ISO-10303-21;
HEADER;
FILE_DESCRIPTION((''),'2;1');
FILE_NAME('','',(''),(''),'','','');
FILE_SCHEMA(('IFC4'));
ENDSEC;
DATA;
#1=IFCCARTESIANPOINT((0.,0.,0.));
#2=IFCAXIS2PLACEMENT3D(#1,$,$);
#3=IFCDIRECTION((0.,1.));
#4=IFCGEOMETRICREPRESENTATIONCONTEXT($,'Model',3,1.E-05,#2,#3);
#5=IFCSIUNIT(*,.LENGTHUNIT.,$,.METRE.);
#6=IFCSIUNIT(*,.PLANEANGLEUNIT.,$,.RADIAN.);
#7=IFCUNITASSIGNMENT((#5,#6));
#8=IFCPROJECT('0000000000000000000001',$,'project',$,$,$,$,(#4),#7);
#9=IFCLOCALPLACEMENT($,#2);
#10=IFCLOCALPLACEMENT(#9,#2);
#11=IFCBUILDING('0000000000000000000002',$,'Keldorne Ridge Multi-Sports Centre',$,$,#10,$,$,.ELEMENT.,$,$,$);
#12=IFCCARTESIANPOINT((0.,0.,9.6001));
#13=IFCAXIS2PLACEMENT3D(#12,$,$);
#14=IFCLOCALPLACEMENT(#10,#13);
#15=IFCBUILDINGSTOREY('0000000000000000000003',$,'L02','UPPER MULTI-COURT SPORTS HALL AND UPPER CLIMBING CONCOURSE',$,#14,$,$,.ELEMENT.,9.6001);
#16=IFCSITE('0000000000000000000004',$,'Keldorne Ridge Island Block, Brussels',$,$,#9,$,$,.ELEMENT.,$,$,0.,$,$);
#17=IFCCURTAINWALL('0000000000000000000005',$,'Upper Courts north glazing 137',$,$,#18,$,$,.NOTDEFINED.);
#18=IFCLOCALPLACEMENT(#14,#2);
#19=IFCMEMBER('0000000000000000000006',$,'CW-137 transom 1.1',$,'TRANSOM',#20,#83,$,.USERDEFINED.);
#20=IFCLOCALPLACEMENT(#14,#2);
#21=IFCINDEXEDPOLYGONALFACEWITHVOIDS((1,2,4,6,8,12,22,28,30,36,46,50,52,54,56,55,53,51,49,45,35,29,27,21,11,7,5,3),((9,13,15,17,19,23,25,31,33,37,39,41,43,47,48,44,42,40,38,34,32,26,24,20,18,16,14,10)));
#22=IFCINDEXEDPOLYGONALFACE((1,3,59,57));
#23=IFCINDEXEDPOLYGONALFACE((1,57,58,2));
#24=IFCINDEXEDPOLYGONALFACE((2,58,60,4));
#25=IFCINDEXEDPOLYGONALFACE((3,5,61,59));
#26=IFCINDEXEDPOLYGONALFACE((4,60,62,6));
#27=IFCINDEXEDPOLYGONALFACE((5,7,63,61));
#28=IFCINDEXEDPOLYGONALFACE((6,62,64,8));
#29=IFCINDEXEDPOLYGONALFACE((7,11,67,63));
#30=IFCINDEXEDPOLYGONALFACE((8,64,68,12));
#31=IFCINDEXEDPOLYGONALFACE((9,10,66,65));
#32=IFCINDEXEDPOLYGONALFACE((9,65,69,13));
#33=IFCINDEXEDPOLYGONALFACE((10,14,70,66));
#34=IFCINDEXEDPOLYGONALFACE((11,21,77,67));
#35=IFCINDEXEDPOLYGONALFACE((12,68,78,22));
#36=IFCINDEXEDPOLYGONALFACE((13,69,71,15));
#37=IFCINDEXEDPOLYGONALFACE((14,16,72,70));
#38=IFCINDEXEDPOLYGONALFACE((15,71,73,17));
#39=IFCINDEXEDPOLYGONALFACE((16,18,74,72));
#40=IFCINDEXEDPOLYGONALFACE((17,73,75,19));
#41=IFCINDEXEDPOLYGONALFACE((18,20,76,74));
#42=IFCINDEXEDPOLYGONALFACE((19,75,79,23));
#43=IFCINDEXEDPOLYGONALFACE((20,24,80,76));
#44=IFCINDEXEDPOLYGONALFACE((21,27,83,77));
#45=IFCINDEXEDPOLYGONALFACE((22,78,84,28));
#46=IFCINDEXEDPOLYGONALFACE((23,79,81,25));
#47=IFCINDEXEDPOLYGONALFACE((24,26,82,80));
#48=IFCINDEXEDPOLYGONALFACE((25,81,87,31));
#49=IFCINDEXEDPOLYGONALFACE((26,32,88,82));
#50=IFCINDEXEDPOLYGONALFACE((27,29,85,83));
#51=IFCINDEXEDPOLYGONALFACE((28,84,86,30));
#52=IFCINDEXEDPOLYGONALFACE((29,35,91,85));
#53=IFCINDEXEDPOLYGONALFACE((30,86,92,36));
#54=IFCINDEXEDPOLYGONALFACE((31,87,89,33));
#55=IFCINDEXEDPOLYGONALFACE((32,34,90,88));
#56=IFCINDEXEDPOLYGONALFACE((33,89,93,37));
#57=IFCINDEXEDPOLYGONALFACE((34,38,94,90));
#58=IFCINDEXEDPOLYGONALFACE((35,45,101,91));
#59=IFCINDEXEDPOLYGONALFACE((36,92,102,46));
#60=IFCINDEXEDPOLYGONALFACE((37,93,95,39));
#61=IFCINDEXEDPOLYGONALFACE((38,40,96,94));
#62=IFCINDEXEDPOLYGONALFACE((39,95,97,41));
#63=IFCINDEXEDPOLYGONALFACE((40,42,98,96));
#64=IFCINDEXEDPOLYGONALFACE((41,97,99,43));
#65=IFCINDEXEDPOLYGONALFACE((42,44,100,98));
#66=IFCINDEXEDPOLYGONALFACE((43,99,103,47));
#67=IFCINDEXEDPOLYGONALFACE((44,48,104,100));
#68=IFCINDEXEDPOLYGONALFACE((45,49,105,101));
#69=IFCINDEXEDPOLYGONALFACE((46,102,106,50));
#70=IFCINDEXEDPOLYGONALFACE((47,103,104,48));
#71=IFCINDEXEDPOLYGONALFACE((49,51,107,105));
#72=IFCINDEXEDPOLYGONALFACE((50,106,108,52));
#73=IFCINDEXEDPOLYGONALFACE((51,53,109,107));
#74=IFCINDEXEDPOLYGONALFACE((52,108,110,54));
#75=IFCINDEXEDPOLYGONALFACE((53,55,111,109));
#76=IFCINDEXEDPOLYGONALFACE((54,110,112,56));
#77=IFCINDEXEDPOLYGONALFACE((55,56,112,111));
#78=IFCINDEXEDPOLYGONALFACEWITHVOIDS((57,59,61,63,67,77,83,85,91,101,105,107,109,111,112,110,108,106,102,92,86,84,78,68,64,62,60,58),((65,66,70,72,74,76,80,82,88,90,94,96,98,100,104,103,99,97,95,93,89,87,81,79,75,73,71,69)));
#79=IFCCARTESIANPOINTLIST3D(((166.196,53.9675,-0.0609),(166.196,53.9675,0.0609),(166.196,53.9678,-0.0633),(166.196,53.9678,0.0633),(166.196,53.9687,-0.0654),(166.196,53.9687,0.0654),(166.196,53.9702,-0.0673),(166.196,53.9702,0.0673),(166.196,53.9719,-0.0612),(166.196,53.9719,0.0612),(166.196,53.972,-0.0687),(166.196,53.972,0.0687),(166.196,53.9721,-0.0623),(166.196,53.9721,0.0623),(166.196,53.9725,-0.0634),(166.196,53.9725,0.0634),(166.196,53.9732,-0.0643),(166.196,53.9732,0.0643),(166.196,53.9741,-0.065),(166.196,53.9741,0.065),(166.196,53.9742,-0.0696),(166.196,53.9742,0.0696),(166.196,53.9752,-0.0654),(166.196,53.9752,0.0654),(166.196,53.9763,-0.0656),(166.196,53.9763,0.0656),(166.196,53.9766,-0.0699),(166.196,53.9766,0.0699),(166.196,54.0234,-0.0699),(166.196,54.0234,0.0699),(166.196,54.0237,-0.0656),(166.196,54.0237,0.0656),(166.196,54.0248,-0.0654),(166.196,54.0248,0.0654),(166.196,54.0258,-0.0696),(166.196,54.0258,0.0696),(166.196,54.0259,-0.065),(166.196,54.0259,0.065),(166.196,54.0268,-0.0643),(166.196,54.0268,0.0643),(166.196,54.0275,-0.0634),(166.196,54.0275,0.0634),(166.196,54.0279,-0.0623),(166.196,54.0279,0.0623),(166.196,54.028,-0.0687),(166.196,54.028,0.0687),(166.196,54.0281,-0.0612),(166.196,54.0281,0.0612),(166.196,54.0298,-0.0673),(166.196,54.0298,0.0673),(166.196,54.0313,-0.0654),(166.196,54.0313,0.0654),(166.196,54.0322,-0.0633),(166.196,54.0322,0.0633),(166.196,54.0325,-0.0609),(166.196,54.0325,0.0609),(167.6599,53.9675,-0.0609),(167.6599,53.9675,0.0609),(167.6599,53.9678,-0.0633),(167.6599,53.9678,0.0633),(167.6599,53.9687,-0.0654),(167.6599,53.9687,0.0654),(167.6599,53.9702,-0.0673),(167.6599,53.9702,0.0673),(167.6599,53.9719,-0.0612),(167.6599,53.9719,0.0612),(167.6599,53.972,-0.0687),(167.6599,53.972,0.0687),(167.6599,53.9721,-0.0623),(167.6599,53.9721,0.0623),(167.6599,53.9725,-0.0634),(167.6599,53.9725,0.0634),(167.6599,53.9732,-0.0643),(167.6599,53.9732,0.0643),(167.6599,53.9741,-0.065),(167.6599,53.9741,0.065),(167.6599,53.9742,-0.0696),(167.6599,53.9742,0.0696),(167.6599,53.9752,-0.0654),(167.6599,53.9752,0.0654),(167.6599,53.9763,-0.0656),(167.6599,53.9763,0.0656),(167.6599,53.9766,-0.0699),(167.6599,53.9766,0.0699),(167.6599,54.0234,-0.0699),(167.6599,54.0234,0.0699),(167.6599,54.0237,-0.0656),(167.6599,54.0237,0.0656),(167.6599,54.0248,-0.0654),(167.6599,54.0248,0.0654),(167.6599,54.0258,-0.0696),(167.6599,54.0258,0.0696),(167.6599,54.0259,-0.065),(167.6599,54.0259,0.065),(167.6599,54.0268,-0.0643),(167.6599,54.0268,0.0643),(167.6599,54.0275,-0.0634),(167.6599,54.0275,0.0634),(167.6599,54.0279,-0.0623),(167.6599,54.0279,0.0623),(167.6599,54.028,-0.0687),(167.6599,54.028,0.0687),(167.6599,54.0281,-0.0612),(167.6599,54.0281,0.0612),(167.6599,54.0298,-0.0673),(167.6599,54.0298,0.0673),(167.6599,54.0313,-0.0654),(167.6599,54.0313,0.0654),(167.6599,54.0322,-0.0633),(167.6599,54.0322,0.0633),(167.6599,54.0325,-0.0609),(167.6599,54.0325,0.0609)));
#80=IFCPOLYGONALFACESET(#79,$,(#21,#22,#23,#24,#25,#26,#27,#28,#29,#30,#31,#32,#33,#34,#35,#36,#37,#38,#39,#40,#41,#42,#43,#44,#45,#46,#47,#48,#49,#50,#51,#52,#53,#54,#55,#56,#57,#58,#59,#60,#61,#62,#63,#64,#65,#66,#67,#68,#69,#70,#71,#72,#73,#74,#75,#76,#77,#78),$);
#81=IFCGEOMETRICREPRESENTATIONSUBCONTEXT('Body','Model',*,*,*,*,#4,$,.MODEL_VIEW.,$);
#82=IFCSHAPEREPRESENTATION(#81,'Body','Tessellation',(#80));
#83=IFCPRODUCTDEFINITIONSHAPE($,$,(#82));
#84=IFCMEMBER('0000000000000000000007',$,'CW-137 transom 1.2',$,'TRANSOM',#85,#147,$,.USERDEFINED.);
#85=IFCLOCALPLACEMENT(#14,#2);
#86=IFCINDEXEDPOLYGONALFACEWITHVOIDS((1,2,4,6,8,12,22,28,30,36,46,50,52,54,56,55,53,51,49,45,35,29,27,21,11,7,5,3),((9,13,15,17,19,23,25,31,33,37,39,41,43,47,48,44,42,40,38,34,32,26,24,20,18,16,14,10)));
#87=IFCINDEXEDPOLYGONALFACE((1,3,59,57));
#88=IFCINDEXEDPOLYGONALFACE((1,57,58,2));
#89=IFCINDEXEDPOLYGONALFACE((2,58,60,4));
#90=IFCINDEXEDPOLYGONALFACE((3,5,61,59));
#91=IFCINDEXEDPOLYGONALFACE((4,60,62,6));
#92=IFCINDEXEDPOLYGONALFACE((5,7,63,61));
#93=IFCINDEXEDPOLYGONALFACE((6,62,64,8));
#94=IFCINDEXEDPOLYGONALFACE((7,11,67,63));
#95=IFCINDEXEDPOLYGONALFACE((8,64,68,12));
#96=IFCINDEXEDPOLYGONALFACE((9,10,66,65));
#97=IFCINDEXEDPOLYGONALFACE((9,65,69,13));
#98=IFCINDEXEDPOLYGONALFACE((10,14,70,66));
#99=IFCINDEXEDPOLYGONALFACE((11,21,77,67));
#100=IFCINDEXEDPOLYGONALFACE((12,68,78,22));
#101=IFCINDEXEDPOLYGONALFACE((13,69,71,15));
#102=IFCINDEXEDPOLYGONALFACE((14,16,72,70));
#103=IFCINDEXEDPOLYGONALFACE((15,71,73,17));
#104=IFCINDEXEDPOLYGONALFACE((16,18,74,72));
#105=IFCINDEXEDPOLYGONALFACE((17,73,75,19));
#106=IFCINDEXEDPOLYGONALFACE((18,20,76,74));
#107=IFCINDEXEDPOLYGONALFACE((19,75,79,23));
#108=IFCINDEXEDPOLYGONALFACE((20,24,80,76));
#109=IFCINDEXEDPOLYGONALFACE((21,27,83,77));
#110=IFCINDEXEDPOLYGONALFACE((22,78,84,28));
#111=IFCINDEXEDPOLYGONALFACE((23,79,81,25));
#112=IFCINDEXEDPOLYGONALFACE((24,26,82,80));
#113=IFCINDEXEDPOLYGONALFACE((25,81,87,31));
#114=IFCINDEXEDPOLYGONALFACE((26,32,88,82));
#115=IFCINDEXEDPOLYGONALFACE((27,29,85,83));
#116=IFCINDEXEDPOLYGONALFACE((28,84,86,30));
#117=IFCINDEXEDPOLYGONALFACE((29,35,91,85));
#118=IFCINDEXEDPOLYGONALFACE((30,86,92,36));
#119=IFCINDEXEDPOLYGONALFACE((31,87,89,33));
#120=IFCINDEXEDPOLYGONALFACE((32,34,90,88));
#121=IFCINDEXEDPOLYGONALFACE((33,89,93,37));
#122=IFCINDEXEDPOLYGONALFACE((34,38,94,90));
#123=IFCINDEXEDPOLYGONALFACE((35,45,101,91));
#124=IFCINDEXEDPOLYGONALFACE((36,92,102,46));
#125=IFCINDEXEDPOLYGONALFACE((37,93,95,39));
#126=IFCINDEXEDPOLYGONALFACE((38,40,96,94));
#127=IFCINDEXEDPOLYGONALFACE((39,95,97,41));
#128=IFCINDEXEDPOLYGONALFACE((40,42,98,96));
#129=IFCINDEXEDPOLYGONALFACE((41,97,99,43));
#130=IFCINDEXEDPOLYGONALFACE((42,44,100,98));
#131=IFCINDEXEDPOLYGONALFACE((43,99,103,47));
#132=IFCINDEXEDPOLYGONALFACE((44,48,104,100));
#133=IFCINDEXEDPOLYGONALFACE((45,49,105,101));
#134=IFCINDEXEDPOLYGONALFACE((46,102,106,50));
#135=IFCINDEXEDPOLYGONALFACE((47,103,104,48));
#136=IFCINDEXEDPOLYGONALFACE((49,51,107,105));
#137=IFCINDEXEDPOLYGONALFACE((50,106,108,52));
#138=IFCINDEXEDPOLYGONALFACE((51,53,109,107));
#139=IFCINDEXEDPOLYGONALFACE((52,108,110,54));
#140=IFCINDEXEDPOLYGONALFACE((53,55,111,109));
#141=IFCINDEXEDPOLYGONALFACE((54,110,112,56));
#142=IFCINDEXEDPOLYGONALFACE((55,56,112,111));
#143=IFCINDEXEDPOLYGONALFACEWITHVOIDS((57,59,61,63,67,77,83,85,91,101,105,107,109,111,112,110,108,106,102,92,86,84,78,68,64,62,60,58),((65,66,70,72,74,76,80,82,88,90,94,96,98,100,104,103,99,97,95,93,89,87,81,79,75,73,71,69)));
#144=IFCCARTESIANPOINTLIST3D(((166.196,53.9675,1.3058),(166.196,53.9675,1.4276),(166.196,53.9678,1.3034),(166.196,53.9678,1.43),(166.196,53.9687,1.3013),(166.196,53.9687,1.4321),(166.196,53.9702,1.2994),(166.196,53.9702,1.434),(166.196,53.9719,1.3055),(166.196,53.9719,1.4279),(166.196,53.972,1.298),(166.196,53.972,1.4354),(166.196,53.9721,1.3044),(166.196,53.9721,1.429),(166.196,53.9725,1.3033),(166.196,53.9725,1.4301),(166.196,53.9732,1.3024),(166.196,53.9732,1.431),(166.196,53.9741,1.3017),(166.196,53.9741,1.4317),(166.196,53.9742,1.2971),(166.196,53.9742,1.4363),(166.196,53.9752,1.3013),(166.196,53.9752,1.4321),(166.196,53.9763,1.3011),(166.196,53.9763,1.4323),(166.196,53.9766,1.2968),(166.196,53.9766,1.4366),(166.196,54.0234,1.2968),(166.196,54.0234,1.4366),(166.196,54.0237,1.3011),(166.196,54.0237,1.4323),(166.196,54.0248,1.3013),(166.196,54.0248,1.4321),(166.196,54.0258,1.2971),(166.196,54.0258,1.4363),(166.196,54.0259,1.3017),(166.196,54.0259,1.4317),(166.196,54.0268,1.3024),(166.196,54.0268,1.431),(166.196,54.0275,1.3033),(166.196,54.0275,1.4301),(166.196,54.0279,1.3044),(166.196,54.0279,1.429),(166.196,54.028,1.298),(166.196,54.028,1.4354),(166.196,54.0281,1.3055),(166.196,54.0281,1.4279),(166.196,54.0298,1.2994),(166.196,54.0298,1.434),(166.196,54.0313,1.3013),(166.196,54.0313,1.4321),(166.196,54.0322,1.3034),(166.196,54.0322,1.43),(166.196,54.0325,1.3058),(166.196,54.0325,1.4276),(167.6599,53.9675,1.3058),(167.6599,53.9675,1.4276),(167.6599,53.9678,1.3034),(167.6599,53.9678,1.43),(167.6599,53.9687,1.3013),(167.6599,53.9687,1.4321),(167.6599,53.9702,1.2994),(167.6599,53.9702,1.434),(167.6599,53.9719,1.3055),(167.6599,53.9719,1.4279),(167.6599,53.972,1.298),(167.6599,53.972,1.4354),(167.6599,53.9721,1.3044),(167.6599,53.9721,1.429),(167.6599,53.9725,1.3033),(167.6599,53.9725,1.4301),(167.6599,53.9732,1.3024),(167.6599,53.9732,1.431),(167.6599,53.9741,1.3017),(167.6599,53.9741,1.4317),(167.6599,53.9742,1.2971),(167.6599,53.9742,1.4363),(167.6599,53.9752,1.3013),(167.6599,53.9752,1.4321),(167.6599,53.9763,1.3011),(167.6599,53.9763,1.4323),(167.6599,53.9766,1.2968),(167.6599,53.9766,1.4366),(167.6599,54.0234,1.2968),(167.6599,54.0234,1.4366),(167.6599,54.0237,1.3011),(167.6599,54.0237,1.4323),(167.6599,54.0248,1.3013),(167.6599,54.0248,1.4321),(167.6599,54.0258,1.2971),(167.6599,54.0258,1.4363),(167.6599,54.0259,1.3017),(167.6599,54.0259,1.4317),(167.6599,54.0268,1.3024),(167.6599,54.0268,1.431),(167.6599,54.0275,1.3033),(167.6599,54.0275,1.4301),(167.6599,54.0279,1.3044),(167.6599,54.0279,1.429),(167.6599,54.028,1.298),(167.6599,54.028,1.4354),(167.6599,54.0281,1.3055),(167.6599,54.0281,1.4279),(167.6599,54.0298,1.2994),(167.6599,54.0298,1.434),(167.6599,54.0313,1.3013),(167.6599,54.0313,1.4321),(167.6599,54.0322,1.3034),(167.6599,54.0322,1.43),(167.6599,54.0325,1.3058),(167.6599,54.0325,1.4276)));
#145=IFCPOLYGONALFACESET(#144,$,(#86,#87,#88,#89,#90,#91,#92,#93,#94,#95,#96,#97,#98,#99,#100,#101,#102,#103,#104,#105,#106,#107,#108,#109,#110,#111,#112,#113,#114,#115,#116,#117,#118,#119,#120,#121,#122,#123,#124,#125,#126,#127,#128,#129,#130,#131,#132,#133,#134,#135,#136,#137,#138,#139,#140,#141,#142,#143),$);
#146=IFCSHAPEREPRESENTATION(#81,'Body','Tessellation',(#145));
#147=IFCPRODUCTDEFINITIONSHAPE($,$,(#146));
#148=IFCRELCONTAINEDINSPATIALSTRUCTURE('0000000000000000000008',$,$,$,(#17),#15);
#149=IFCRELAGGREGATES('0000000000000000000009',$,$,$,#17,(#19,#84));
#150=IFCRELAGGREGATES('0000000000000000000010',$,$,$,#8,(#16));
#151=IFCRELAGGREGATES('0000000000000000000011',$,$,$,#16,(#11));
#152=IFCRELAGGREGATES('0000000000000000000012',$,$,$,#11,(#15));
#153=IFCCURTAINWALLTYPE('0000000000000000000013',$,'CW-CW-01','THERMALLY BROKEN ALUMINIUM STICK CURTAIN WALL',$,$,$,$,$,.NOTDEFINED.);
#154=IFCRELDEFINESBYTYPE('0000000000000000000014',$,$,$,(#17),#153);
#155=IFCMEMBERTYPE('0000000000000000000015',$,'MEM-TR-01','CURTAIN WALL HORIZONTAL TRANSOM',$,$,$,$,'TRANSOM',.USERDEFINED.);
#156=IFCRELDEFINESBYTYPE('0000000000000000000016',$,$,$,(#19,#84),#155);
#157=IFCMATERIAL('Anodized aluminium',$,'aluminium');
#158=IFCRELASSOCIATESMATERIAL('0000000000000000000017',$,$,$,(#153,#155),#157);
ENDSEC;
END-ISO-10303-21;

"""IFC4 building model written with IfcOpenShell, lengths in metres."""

from ifc_helpers import new_model, si_unit, direction, frame, origin, origin_2d, place, context, subcontext, project, spatial, hollow_rectangle, extrude, material, material_profile, profile_set, type_object, element, aggregate, save


model = new_model("IFC4")

# Units and contexts
model_context = context("Model", 3, precision=1e-05, world=origin(), true_north=direction((0.0, 1.0)))
body_context = subcontext(model_context, "Body", "Model", "MODEL_VIEW")
ifc_project = project(units=[si_unit("LENGTHUNIT", "METRE"), si_unit("PLANEANGLEUNIT", "RADIAN")], contexts=[model_context])

# Site, building, storey
site_placement = place(None, origin())
site = spatial("IfcSite", under=ifc_project, at=site_placement, Name="Keldorne Ridge Island Block, Brussels", CompositionType="ELEMENT", RefElevation=0.0)
building_placement = place(site_placement, origin())
building = spatial("IfcBuilding", under=site, at=building_placement, Name="Keldorne Ridge Multi-Sports Centre", CompositionType="ELEMENT")
storey_placement = place(building_placement, frame((0.0, 0.0, 9.6001)))
storey = spatial("IfcBuildingStorey", under=building, at=storey_placement, Name="L02", Description="UPPER MULTI-COURT SPORTS HALL AND UPPER CLIMBING CONCOURSE", CompositionType="ELEMENT", Elevation=9.6001)

# Curtain wall, members
ifc_material_1 = material(Name="Anodized aluminium", Category="aluminium")
curtain_wall_type = type_object("IfcCurtainWallType", Name="CW-CW-01", Description="THERMALLY BROKEN ALUMINIUM STICK CURTAIN WALL", PredefinedType="NOTDEFINED", material=ifc_material_1)
curtain_wall_placement = place(storey_placement, origin())
curtain_wall = element("IfcCurtainWall", 1, at=curtain_wall_placement, inside=storey, type_object=curtain_wall_type, Name="Upper Courts north glazing 137", PredefinedType="NOTDEFINED")
ifc_material_profile_1 = material_profile(ifc_material_1, hollow_rectangle(XDim=0.0649, YDim=0.1399, WallThickness=0.0044, InnerFilletRadius=0.0044, OuterFilletRadius=0.009, at=origin_2d()), Name="ALU TRANSOM 140x65x4.5")
ifc_profile_set_1 = profile_set([ifc_material_profile_1], Name="Anodized aluminium")
member_type_1 = type_object("IfcMemberType", Name="MEM-TR-01", Description="CURTAIN WALL HORIZONTAL TRANSOM", ElementType="TRANSOM", PredefinedType="USERDEFINED", material=ifc_profile_set_1)
member_1_placement = place(storey_placement, frame((167.6599, 54.0, 0.0), z_axis=(-1.0, 0.0, 0.0), x_axis=(0.0, -1.0, 0.0)))
member_1 = element("IfcMember", 2, at=member_1_placement, type_object=member_type_1, Name="CW-137 transom 1.1", ObjectType="TRANSOM", PredefinedType="USERDEFINED", context=body_context, shape_type="SweptSolid", body=[
    extrude(hollow_rectangle(XDim=0.0649, YDim=0.1399, WallThickness=0.0044, InnerFilletRadius=0.0044, OuterFilletRadius=0.009, at=origin_2d()), origin(), (0.0, 0.0, 1.0), 1.4639),
])
member_2_placement = place(storey_placement, frame((167.6599, 54.0, 1.3667), z_axis=(-1.0, 0.0, 0.0), x_axis=(0.0, -1.0, 0.0)))
member_2 = element("IfcMember", 3, at=member_2_placement, type_object=member_type_1, Name="CW-137 transom 1.2", ObjectType="TRANSOM", PredefinedType="USERDEFINED", context=body_context, shape_type="SweptSolid", body=[
    extrude(hollow_rectangle(XDim=0.0649, YDim=0.1399, WallThickness=0.0044, InnerFilletRadius=0.0044, OuterFilletRadius=0.009, at=origin_2d()), origin(), (0.0, 0.0, 1.0), 1.4639),
])
aggregate(curtain_wall, [member_1, member_2])

save(model, "model.ifc")
